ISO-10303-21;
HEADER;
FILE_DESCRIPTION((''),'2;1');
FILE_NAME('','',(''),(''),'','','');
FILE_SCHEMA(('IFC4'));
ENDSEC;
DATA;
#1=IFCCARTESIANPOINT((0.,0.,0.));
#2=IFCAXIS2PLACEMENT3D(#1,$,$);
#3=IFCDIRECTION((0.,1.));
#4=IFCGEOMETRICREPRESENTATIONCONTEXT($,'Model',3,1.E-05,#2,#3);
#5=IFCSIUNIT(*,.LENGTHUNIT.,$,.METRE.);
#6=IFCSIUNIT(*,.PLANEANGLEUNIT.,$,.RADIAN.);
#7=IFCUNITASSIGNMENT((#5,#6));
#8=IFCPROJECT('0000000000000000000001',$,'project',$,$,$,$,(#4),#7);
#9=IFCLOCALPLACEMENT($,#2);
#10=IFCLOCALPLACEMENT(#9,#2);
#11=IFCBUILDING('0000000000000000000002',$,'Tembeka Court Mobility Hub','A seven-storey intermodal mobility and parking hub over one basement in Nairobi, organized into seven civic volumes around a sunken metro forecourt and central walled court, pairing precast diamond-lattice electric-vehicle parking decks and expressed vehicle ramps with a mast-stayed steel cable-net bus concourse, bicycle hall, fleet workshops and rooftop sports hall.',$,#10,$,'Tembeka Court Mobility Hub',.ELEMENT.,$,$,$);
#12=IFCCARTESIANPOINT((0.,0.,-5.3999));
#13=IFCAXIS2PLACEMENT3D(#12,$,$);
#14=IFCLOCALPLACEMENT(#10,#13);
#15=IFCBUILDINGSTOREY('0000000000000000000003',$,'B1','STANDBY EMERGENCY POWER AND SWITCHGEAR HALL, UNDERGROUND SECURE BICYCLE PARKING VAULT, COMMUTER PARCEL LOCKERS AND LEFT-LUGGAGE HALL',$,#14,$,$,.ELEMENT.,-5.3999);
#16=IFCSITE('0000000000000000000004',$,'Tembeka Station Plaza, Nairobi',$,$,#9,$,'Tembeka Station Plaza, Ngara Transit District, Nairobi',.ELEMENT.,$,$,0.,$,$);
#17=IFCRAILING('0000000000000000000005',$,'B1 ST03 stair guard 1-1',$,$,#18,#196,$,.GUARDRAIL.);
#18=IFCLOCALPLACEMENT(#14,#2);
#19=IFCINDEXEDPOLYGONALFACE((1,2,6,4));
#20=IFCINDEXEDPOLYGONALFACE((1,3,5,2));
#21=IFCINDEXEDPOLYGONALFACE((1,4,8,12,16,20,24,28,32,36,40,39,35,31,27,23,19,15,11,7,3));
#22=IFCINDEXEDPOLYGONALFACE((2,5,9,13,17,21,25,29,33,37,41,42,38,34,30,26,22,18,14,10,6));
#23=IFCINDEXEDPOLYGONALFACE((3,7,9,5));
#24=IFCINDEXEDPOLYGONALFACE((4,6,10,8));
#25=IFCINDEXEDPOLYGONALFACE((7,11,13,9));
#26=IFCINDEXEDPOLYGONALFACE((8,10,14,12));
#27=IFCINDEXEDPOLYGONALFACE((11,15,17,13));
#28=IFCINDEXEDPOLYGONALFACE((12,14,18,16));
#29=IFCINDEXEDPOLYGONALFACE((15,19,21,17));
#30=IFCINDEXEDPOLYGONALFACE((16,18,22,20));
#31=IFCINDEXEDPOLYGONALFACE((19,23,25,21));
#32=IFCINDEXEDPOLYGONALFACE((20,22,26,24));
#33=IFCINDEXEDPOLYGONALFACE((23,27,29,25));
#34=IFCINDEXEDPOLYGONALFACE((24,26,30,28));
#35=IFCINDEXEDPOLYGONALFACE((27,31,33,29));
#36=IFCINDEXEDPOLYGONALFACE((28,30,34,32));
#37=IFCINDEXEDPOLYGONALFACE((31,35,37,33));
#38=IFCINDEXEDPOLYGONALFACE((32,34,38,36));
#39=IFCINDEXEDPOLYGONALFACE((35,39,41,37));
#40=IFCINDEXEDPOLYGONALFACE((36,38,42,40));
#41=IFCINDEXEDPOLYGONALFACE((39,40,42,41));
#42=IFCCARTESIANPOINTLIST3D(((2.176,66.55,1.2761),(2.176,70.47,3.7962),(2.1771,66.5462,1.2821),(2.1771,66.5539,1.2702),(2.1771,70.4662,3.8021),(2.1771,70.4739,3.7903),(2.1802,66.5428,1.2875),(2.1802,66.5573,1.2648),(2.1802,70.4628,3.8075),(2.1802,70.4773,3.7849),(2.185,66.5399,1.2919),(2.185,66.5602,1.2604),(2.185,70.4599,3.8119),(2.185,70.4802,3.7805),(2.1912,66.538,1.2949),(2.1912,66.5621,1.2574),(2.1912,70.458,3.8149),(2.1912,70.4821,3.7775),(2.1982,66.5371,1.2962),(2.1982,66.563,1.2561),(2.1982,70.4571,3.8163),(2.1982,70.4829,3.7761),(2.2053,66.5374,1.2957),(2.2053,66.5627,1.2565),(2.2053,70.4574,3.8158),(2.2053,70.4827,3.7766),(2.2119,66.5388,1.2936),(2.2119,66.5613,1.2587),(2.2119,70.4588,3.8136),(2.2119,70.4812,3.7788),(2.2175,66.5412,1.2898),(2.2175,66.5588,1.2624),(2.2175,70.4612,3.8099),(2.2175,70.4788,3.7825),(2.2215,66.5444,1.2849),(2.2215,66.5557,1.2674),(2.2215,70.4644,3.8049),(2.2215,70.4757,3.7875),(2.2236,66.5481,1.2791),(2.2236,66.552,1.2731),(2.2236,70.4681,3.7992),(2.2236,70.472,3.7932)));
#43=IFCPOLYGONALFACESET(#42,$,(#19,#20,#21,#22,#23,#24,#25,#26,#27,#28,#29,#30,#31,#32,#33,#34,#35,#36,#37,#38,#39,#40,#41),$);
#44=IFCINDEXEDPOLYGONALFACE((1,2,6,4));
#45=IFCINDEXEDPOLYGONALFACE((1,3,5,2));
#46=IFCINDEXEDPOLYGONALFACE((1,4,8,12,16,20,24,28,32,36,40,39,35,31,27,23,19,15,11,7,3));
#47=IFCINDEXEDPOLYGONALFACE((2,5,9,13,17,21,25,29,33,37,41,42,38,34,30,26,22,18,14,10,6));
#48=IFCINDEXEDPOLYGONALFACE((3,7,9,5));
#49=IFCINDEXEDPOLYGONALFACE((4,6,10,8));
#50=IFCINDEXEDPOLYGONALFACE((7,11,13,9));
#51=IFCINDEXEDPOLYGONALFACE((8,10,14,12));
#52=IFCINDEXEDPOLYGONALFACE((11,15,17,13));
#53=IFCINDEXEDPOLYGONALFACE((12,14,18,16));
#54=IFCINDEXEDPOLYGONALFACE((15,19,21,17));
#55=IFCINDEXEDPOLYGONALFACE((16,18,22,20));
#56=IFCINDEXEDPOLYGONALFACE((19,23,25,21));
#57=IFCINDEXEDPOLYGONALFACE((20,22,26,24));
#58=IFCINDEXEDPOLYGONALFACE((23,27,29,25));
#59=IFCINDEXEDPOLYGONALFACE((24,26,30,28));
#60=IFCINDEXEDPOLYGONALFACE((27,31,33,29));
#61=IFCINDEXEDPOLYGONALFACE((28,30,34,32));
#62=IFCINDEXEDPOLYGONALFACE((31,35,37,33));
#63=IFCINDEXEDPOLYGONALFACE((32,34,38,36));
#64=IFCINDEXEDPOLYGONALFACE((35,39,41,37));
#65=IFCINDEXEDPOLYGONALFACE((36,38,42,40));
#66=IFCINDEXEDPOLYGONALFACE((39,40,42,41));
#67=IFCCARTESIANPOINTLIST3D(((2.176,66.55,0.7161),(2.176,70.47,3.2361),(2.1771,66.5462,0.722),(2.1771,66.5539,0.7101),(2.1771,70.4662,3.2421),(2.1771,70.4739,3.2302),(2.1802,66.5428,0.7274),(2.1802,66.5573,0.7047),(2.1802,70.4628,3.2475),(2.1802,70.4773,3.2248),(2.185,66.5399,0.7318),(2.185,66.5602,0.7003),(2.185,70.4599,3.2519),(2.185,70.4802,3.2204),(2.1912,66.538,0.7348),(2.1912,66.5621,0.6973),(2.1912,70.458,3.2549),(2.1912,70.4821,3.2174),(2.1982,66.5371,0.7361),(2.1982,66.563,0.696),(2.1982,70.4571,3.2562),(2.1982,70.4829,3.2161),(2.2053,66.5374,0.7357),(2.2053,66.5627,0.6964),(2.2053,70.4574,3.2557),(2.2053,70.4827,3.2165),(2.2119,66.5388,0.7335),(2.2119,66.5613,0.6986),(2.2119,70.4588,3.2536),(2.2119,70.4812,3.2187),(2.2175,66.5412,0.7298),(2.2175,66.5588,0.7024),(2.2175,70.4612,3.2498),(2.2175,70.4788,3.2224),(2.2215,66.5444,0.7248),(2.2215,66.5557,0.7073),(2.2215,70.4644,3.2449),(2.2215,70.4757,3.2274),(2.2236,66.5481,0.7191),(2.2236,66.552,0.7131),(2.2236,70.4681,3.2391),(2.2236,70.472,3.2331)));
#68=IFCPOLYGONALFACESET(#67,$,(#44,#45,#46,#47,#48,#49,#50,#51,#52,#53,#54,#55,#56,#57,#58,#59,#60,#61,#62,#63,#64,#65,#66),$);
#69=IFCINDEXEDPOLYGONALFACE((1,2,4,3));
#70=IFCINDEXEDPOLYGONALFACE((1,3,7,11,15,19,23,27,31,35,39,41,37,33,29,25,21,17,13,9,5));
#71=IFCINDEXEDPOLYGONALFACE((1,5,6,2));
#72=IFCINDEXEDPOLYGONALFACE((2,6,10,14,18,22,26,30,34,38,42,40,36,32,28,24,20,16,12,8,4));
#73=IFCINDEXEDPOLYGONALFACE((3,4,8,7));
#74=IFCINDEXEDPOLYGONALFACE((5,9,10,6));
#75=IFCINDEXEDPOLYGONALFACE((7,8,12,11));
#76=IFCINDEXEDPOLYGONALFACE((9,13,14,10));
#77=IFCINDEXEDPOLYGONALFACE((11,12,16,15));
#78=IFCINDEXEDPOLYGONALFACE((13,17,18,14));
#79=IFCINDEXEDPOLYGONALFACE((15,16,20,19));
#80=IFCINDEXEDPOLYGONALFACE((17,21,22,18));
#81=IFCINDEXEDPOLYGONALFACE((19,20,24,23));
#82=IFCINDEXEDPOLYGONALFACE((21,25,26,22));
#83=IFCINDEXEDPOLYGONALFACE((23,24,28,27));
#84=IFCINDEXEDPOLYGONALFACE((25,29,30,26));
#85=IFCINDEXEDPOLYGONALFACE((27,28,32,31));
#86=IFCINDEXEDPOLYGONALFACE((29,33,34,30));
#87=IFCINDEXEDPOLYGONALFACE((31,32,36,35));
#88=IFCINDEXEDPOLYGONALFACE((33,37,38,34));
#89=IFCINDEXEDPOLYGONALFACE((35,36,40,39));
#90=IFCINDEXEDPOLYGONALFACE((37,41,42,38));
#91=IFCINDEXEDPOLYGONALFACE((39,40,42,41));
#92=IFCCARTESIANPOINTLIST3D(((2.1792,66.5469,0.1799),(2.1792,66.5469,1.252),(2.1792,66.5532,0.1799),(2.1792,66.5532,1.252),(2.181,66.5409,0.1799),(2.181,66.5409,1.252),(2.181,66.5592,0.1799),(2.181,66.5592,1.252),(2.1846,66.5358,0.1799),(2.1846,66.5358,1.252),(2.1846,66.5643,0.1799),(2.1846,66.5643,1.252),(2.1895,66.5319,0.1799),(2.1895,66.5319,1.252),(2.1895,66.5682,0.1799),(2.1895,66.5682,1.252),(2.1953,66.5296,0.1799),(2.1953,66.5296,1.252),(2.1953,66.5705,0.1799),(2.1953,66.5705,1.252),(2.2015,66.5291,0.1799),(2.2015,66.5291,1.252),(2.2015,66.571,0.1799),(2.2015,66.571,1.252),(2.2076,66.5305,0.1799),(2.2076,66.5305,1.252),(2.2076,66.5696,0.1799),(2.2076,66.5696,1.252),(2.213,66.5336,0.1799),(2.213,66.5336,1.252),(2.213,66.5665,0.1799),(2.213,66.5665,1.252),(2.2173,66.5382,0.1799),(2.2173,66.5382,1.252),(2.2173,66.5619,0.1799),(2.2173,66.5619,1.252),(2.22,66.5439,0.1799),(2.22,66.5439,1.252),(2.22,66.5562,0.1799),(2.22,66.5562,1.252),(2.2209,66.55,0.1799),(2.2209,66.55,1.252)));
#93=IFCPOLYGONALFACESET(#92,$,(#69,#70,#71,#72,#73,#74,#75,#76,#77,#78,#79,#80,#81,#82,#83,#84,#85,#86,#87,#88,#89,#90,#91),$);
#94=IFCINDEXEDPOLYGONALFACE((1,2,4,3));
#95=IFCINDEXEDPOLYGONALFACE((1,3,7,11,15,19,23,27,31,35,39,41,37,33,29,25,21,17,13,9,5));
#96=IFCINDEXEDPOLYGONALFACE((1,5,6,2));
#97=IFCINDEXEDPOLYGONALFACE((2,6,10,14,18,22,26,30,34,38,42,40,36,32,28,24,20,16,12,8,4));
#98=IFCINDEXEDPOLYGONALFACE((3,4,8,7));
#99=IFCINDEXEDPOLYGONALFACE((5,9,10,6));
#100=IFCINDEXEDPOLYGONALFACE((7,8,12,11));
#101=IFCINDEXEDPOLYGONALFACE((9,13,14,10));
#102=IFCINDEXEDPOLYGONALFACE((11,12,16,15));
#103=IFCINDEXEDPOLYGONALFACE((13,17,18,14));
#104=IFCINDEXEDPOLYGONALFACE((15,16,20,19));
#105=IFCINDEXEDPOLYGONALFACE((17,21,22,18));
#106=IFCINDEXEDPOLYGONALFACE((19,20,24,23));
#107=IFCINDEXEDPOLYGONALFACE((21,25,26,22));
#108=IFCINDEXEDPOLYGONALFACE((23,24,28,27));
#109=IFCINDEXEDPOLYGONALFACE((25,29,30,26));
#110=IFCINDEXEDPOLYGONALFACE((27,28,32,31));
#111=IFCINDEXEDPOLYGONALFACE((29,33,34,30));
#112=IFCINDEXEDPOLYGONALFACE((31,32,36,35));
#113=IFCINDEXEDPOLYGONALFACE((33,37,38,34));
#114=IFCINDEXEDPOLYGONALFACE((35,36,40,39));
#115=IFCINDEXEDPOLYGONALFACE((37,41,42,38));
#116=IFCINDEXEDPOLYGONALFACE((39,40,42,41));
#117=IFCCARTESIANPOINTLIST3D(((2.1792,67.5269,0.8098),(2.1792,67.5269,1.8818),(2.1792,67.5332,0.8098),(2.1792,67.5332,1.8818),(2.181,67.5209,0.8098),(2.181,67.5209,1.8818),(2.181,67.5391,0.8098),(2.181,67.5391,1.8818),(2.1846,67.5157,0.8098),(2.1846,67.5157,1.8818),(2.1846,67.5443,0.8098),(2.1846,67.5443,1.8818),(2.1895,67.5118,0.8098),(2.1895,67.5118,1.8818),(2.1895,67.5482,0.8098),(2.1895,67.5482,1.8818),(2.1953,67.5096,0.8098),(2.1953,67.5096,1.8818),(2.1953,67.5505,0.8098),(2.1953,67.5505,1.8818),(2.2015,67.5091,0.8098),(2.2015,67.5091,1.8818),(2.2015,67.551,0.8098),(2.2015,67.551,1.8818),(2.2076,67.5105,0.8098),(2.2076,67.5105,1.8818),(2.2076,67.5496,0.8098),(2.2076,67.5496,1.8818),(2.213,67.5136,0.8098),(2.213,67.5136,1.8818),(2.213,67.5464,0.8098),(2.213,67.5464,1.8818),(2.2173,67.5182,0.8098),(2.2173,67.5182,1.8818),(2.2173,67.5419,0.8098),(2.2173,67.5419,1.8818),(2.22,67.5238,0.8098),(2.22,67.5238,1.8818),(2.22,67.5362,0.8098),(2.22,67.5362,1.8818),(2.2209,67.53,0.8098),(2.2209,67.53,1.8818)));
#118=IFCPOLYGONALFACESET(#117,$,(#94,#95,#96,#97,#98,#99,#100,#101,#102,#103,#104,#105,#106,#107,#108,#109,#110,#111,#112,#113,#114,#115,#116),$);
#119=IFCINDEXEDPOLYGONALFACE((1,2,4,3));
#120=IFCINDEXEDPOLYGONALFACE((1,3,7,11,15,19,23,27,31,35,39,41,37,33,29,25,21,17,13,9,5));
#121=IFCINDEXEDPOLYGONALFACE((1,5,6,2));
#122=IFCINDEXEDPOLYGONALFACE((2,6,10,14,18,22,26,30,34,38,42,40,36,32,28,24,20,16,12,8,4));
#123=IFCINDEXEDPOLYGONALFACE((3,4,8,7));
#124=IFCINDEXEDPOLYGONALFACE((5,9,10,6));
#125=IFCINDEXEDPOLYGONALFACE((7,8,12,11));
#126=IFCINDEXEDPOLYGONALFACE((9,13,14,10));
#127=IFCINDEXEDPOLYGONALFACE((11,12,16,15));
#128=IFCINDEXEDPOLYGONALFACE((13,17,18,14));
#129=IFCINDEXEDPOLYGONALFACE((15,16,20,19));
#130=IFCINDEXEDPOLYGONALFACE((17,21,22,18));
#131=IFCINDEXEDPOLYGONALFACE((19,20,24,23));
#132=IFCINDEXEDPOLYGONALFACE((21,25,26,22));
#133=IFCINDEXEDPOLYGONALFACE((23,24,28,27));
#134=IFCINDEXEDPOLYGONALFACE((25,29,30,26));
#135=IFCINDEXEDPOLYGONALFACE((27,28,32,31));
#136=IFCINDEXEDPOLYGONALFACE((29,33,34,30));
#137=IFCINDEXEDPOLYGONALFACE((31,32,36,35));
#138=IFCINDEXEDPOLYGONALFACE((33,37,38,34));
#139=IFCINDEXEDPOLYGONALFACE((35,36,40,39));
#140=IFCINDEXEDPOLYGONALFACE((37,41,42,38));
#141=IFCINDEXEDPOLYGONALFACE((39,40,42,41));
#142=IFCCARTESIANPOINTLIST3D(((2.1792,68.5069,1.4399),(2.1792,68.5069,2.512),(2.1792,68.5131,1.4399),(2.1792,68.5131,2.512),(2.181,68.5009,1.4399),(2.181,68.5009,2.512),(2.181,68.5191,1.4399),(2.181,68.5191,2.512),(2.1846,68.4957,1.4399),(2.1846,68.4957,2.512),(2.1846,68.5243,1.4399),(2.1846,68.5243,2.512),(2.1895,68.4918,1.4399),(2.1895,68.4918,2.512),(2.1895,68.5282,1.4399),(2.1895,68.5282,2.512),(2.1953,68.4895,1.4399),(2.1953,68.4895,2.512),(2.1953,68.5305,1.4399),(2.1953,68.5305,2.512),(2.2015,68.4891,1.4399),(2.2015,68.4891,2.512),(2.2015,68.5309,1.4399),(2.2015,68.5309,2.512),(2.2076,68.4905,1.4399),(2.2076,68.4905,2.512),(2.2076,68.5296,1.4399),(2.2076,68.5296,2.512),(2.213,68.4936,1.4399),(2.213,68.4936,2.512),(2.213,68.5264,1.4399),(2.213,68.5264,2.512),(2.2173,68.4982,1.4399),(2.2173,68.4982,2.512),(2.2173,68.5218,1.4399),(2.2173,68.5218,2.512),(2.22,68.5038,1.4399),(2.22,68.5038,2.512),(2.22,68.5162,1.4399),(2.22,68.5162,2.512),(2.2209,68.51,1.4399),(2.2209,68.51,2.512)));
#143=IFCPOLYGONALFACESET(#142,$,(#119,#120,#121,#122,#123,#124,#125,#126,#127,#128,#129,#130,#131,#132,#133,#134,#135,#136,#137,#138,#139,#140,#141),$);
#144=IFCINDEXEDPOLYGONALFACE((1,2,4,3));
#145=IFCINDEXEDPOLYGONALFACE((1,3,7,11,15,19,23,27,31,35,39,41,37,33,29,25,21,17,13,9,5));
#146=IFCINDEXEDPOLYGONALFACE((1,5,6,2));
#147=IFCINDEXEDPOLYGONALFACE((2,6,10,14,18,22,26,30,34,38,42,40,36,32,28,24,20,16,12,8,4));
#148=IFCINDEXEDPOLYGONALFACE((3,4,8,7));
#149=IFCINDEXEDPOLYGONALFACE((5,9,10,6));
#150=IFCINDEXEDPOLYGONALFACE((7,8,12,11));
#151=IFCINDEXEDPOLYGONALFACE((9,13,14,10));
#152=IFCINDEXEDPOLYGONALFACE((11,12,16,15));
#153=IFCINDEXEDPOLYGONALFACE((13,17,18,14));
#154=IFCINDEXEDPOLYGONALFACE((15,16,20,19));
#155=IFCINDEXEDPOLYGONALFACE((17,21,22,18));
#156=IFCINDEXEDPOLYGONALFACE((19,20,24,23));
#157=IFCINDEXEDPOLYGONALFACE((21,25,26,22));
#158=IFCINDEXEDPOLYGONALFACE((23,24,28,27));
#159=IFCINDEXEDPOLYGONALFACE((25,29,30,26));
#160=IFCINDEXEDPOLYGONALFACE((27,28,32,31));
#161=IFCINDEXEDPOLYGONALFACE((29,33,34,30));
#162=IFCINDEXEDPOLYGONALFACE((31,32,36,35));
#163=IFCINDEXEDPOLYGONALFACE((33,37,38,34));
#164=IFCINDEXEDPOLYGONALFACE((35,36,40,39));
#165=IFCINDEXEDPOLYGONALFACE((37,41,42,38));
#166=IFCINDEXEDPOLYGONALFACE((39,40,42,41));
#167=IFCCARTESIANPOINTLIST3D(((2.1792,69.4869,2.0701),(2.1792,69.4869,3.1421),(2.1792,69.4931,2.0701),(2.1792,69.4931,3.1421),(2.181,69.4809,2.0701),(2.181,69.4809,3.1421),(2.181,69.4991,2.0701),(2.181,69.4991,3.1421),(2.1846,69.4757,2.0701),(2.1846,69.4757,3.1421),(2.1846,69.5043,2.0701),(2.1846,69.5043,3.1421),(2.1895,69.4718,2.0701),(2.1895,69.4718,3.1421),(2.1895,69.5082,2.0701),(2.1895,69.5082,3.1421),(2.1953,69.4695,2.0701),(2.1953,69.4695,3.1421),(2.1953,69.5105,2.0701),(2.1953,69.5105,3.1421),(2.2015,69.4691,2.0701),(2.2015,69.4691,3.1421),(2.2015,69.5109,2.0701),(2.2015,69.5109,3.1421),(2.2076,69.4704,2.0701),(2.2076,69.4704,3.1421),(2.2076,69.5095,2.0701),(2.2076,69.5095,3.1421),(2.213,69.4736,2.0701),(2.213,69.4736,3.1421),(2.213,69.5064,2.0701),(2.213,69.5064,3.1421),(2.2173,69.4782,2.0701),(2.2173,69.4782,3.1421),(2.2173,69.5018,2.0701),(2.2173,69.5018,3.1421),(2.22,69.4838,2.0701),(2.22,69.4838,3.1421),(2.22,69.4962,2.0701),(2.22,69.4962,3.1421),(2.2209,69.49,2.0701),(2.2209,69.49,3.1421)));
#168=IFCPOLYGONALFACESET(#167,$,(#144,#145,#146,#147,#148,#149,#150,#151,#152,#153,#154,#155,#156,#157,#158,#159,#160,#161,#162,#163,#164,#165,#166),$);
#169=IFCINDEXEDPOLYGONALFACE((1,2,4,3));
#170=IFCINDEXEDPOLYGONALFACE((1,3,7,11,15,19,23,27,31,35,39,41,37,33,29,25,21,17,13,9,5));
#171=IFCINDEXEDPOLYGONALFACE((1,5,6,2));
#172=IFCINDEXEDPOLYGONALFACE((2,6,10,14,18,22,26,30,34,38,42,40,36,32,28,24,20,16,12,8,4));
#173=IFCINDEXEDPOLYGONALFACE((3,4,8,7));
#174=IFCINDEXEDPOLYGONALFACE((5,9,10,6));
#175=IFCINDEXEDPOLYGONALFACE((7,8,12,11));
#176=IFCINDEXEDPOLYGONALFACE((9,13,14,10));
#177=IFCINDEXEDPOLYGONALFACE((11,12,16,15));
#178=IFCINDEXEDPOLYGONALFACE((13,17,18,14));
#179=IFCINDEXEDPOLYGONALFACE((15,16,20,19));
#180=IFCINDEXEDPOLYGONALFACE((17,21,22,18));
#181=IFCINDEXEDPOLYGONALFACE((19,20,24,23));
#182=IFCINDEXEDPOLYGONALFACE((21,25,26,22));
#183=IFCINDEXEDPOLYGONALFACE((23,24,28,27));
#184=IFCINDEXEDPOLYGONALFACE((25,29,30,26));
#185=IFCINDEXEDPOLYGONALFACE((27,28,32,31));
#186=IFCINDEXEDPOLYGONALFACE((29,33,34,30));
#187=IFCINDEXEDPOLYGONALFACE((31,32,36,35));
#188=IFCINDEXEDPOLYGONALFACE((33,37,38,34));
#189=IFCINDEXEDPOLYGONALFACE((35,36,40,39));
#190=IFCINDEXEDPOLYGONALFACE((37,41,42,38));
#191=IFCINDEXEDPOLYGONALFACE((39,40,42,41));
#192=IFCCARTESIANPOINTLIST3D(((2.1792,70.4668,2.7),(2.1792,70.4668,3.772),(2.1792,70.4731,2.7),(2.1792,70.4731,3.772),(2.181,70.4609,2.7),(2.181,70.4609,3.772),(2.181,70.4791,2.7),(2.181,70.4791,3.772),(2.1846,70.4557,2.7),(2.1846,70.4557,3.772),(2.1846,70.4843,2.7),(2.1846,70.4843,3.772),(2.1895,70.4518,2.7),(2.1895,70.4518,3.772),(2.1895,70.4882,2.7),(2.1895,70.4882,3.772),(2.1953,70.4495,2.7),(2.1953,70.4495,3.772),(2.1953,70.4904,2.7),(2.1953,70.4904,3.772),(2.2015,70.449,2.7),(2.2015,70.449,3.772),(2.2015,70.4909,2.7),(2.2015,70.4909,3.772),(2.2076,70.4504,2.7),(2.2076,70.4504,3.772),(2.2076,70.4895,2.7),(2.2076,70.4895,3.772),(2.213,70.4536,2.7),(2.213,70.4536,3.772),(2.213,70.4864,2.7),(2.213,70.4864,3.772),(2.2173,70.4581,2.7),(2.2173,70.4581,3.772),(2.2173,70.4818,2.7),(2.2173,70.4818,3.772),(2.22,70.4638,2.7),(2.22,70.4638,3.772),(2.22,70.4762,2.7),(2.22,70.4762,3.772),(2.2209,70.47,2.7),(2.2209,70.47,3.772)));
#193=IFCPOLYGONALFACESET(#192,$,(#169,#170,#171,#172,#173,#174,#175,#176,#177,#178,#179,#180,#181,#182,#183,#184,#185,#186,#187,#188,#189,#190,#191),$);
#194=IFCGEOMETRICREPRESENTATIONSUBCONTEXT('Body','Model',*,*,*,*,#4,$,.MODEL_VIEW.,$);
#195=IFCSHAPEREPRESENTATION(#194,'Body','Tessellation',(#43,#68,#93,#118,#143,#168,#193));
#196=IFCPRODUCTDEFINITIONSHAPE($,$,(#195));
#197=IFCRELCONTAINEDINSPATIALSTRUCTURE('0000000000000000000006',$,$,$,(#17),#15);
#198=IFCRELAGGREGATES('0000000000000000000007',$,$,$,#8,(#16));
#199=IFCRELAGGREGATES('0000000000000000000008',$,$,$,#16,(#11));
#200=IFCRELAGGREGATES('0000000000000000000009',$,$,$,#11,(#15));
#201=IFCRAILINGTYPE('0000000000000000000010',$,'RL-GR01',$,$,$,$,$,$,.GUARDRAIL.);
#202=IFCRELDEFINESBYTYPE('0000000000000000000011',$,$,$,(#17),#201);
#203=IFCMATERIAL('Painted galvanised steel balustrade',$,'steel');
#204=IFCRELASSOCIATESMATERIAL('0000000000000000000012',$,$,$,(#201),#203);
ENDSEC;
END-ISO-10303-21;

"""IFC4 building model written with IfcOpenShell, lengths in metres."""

from ifc_helpers import new_model, si_unit, direction, frame, origin, origin_2d, place, context, subcontext, project, spatial, circle, extrude, material, type_object, element, save


model = new_model("IFC4")

# Units and contexts
model_context = context("Model", 3, precision=1e-05, world=origin(), true_north=direction((0.0, 1.0)))
body_context = subcontext(model_context, "Body", "Model", "MODEL_VIEW")
ifc_project = project(units=[si_unit("LENGTHUNIT", "METRE"), si_unit("PLANEANGLEUNIT", "RADIAN")], contexts=[model_context])

# Site, building, storey
site_placement = place(None, origin())
site = spatial("IfcSite", under=ifc_project, at=site_placement, Name="Tembeka Station Plaza, Nairobi", LongName="Tembeka Station Plaza, Ngara Transit District, Nairobi", CompositionType="ELEMENT", RefElevation=0.0)
building_placement = place(site_placement, origin())
building = spatial("IfcBuilding", under=site, at=building_placement, Name="Tembeka Court Mobility Hub", Description="A seven-storey intermodal mobility and parking hub over one basement in Nairobi, organized into seven civic volumes around a sunken metro forecourt and central walled court, pairing precast diamond-lattice electric-vehicle parking decks and expressed vehicle ramps with a mast-stayed steel cable-net bus concourse, bicycle hall, fleet workshops and rooftop sports hall.", LongName="Tembeka Court Mobility Hub", CompositionType="ELEMENT")
storey_placement = place(building_placement, frame((0.0, 0.0, -5.3999)))
storey = spatial("IfcBuildingStorey", under=building, at=storey_placement, Name="B1", Description="STANDBY EMERGENCY POWER AND SWITCHGEAR HALL, UNDERGROUND SECURE BICYCLE PARKING VAULT, COMMUTER PARCEL LOCKERS AND LEFT-LUGGAGE HALL", CompositionType="ELEMENT", Elevation=-5.3999)

# Railing
ifc_material_1 = material(Name="Painted galvanised steel balustrade", Category="steel")
railing_type_1 = type_object("IfcRailingType", Name="RL-GR01", PredefinedType="GUARDRAIL", material=ifc_material_1)
railing_1_placement = place(storey_placement, frame((2.2, 66.55, 0.1799)))
element("IfcRailing", 1, at=railing_1_placement, inside=storey, type_object=railing_type_1, Name="B1 ST03 stair guard 1-1", PredefinedType="GUARDRAIL", context=body_context, shape_type="SweptSolid", body=[
    extrude(circle(Radius=0.0239, at=origin_2d()), frame((0.0, 0.0, 1.0962), z_axis=(0.0, 0.841172, 0.540768), x_axis=(-1.0, 0.0, 0.0)), (0.0, 0.0, 1.0), 4.6602),
    extrude(circle(Radius=0.0239, at=origin_2d()), frame((0.0, 0.0, 0.5361), z_axis=(0.0, 0.841172, 0.540768), x_axis=(-1.0, 0.0, 0.0)), (0.0, 0.0, 1.0), 4.6602),
    extrude(circle(Radius=0.021, at=origin_2d()), origin(), (0.0, 0.0, 1.0), 1.072),
    extrude(circle(Radius=0.021, at=origin_2d()), frame((0.0, 0.98, 0.6299)), (0.0, 0.0, 1.0), 1.072),
    extrude(circle(Radius=0.021, at=origin_2d()), frame((0.0, 1.96, 1.26)), (0.0, 0.0, 1.0), 1.072),
    extrude(circle(Radius=0.021, at=origin_2d()), frame((0.0, 2.9399, 1.8901)), (0.0, 0.0, 1.0), 1.072),
    extrude(circle(Radius=0.021, at=origin_2d()), frame((0.0, 3.9199, 2.52)), (0.0, 0.0, 1.0), 1.072),
])

save(model, "model.ifc")
